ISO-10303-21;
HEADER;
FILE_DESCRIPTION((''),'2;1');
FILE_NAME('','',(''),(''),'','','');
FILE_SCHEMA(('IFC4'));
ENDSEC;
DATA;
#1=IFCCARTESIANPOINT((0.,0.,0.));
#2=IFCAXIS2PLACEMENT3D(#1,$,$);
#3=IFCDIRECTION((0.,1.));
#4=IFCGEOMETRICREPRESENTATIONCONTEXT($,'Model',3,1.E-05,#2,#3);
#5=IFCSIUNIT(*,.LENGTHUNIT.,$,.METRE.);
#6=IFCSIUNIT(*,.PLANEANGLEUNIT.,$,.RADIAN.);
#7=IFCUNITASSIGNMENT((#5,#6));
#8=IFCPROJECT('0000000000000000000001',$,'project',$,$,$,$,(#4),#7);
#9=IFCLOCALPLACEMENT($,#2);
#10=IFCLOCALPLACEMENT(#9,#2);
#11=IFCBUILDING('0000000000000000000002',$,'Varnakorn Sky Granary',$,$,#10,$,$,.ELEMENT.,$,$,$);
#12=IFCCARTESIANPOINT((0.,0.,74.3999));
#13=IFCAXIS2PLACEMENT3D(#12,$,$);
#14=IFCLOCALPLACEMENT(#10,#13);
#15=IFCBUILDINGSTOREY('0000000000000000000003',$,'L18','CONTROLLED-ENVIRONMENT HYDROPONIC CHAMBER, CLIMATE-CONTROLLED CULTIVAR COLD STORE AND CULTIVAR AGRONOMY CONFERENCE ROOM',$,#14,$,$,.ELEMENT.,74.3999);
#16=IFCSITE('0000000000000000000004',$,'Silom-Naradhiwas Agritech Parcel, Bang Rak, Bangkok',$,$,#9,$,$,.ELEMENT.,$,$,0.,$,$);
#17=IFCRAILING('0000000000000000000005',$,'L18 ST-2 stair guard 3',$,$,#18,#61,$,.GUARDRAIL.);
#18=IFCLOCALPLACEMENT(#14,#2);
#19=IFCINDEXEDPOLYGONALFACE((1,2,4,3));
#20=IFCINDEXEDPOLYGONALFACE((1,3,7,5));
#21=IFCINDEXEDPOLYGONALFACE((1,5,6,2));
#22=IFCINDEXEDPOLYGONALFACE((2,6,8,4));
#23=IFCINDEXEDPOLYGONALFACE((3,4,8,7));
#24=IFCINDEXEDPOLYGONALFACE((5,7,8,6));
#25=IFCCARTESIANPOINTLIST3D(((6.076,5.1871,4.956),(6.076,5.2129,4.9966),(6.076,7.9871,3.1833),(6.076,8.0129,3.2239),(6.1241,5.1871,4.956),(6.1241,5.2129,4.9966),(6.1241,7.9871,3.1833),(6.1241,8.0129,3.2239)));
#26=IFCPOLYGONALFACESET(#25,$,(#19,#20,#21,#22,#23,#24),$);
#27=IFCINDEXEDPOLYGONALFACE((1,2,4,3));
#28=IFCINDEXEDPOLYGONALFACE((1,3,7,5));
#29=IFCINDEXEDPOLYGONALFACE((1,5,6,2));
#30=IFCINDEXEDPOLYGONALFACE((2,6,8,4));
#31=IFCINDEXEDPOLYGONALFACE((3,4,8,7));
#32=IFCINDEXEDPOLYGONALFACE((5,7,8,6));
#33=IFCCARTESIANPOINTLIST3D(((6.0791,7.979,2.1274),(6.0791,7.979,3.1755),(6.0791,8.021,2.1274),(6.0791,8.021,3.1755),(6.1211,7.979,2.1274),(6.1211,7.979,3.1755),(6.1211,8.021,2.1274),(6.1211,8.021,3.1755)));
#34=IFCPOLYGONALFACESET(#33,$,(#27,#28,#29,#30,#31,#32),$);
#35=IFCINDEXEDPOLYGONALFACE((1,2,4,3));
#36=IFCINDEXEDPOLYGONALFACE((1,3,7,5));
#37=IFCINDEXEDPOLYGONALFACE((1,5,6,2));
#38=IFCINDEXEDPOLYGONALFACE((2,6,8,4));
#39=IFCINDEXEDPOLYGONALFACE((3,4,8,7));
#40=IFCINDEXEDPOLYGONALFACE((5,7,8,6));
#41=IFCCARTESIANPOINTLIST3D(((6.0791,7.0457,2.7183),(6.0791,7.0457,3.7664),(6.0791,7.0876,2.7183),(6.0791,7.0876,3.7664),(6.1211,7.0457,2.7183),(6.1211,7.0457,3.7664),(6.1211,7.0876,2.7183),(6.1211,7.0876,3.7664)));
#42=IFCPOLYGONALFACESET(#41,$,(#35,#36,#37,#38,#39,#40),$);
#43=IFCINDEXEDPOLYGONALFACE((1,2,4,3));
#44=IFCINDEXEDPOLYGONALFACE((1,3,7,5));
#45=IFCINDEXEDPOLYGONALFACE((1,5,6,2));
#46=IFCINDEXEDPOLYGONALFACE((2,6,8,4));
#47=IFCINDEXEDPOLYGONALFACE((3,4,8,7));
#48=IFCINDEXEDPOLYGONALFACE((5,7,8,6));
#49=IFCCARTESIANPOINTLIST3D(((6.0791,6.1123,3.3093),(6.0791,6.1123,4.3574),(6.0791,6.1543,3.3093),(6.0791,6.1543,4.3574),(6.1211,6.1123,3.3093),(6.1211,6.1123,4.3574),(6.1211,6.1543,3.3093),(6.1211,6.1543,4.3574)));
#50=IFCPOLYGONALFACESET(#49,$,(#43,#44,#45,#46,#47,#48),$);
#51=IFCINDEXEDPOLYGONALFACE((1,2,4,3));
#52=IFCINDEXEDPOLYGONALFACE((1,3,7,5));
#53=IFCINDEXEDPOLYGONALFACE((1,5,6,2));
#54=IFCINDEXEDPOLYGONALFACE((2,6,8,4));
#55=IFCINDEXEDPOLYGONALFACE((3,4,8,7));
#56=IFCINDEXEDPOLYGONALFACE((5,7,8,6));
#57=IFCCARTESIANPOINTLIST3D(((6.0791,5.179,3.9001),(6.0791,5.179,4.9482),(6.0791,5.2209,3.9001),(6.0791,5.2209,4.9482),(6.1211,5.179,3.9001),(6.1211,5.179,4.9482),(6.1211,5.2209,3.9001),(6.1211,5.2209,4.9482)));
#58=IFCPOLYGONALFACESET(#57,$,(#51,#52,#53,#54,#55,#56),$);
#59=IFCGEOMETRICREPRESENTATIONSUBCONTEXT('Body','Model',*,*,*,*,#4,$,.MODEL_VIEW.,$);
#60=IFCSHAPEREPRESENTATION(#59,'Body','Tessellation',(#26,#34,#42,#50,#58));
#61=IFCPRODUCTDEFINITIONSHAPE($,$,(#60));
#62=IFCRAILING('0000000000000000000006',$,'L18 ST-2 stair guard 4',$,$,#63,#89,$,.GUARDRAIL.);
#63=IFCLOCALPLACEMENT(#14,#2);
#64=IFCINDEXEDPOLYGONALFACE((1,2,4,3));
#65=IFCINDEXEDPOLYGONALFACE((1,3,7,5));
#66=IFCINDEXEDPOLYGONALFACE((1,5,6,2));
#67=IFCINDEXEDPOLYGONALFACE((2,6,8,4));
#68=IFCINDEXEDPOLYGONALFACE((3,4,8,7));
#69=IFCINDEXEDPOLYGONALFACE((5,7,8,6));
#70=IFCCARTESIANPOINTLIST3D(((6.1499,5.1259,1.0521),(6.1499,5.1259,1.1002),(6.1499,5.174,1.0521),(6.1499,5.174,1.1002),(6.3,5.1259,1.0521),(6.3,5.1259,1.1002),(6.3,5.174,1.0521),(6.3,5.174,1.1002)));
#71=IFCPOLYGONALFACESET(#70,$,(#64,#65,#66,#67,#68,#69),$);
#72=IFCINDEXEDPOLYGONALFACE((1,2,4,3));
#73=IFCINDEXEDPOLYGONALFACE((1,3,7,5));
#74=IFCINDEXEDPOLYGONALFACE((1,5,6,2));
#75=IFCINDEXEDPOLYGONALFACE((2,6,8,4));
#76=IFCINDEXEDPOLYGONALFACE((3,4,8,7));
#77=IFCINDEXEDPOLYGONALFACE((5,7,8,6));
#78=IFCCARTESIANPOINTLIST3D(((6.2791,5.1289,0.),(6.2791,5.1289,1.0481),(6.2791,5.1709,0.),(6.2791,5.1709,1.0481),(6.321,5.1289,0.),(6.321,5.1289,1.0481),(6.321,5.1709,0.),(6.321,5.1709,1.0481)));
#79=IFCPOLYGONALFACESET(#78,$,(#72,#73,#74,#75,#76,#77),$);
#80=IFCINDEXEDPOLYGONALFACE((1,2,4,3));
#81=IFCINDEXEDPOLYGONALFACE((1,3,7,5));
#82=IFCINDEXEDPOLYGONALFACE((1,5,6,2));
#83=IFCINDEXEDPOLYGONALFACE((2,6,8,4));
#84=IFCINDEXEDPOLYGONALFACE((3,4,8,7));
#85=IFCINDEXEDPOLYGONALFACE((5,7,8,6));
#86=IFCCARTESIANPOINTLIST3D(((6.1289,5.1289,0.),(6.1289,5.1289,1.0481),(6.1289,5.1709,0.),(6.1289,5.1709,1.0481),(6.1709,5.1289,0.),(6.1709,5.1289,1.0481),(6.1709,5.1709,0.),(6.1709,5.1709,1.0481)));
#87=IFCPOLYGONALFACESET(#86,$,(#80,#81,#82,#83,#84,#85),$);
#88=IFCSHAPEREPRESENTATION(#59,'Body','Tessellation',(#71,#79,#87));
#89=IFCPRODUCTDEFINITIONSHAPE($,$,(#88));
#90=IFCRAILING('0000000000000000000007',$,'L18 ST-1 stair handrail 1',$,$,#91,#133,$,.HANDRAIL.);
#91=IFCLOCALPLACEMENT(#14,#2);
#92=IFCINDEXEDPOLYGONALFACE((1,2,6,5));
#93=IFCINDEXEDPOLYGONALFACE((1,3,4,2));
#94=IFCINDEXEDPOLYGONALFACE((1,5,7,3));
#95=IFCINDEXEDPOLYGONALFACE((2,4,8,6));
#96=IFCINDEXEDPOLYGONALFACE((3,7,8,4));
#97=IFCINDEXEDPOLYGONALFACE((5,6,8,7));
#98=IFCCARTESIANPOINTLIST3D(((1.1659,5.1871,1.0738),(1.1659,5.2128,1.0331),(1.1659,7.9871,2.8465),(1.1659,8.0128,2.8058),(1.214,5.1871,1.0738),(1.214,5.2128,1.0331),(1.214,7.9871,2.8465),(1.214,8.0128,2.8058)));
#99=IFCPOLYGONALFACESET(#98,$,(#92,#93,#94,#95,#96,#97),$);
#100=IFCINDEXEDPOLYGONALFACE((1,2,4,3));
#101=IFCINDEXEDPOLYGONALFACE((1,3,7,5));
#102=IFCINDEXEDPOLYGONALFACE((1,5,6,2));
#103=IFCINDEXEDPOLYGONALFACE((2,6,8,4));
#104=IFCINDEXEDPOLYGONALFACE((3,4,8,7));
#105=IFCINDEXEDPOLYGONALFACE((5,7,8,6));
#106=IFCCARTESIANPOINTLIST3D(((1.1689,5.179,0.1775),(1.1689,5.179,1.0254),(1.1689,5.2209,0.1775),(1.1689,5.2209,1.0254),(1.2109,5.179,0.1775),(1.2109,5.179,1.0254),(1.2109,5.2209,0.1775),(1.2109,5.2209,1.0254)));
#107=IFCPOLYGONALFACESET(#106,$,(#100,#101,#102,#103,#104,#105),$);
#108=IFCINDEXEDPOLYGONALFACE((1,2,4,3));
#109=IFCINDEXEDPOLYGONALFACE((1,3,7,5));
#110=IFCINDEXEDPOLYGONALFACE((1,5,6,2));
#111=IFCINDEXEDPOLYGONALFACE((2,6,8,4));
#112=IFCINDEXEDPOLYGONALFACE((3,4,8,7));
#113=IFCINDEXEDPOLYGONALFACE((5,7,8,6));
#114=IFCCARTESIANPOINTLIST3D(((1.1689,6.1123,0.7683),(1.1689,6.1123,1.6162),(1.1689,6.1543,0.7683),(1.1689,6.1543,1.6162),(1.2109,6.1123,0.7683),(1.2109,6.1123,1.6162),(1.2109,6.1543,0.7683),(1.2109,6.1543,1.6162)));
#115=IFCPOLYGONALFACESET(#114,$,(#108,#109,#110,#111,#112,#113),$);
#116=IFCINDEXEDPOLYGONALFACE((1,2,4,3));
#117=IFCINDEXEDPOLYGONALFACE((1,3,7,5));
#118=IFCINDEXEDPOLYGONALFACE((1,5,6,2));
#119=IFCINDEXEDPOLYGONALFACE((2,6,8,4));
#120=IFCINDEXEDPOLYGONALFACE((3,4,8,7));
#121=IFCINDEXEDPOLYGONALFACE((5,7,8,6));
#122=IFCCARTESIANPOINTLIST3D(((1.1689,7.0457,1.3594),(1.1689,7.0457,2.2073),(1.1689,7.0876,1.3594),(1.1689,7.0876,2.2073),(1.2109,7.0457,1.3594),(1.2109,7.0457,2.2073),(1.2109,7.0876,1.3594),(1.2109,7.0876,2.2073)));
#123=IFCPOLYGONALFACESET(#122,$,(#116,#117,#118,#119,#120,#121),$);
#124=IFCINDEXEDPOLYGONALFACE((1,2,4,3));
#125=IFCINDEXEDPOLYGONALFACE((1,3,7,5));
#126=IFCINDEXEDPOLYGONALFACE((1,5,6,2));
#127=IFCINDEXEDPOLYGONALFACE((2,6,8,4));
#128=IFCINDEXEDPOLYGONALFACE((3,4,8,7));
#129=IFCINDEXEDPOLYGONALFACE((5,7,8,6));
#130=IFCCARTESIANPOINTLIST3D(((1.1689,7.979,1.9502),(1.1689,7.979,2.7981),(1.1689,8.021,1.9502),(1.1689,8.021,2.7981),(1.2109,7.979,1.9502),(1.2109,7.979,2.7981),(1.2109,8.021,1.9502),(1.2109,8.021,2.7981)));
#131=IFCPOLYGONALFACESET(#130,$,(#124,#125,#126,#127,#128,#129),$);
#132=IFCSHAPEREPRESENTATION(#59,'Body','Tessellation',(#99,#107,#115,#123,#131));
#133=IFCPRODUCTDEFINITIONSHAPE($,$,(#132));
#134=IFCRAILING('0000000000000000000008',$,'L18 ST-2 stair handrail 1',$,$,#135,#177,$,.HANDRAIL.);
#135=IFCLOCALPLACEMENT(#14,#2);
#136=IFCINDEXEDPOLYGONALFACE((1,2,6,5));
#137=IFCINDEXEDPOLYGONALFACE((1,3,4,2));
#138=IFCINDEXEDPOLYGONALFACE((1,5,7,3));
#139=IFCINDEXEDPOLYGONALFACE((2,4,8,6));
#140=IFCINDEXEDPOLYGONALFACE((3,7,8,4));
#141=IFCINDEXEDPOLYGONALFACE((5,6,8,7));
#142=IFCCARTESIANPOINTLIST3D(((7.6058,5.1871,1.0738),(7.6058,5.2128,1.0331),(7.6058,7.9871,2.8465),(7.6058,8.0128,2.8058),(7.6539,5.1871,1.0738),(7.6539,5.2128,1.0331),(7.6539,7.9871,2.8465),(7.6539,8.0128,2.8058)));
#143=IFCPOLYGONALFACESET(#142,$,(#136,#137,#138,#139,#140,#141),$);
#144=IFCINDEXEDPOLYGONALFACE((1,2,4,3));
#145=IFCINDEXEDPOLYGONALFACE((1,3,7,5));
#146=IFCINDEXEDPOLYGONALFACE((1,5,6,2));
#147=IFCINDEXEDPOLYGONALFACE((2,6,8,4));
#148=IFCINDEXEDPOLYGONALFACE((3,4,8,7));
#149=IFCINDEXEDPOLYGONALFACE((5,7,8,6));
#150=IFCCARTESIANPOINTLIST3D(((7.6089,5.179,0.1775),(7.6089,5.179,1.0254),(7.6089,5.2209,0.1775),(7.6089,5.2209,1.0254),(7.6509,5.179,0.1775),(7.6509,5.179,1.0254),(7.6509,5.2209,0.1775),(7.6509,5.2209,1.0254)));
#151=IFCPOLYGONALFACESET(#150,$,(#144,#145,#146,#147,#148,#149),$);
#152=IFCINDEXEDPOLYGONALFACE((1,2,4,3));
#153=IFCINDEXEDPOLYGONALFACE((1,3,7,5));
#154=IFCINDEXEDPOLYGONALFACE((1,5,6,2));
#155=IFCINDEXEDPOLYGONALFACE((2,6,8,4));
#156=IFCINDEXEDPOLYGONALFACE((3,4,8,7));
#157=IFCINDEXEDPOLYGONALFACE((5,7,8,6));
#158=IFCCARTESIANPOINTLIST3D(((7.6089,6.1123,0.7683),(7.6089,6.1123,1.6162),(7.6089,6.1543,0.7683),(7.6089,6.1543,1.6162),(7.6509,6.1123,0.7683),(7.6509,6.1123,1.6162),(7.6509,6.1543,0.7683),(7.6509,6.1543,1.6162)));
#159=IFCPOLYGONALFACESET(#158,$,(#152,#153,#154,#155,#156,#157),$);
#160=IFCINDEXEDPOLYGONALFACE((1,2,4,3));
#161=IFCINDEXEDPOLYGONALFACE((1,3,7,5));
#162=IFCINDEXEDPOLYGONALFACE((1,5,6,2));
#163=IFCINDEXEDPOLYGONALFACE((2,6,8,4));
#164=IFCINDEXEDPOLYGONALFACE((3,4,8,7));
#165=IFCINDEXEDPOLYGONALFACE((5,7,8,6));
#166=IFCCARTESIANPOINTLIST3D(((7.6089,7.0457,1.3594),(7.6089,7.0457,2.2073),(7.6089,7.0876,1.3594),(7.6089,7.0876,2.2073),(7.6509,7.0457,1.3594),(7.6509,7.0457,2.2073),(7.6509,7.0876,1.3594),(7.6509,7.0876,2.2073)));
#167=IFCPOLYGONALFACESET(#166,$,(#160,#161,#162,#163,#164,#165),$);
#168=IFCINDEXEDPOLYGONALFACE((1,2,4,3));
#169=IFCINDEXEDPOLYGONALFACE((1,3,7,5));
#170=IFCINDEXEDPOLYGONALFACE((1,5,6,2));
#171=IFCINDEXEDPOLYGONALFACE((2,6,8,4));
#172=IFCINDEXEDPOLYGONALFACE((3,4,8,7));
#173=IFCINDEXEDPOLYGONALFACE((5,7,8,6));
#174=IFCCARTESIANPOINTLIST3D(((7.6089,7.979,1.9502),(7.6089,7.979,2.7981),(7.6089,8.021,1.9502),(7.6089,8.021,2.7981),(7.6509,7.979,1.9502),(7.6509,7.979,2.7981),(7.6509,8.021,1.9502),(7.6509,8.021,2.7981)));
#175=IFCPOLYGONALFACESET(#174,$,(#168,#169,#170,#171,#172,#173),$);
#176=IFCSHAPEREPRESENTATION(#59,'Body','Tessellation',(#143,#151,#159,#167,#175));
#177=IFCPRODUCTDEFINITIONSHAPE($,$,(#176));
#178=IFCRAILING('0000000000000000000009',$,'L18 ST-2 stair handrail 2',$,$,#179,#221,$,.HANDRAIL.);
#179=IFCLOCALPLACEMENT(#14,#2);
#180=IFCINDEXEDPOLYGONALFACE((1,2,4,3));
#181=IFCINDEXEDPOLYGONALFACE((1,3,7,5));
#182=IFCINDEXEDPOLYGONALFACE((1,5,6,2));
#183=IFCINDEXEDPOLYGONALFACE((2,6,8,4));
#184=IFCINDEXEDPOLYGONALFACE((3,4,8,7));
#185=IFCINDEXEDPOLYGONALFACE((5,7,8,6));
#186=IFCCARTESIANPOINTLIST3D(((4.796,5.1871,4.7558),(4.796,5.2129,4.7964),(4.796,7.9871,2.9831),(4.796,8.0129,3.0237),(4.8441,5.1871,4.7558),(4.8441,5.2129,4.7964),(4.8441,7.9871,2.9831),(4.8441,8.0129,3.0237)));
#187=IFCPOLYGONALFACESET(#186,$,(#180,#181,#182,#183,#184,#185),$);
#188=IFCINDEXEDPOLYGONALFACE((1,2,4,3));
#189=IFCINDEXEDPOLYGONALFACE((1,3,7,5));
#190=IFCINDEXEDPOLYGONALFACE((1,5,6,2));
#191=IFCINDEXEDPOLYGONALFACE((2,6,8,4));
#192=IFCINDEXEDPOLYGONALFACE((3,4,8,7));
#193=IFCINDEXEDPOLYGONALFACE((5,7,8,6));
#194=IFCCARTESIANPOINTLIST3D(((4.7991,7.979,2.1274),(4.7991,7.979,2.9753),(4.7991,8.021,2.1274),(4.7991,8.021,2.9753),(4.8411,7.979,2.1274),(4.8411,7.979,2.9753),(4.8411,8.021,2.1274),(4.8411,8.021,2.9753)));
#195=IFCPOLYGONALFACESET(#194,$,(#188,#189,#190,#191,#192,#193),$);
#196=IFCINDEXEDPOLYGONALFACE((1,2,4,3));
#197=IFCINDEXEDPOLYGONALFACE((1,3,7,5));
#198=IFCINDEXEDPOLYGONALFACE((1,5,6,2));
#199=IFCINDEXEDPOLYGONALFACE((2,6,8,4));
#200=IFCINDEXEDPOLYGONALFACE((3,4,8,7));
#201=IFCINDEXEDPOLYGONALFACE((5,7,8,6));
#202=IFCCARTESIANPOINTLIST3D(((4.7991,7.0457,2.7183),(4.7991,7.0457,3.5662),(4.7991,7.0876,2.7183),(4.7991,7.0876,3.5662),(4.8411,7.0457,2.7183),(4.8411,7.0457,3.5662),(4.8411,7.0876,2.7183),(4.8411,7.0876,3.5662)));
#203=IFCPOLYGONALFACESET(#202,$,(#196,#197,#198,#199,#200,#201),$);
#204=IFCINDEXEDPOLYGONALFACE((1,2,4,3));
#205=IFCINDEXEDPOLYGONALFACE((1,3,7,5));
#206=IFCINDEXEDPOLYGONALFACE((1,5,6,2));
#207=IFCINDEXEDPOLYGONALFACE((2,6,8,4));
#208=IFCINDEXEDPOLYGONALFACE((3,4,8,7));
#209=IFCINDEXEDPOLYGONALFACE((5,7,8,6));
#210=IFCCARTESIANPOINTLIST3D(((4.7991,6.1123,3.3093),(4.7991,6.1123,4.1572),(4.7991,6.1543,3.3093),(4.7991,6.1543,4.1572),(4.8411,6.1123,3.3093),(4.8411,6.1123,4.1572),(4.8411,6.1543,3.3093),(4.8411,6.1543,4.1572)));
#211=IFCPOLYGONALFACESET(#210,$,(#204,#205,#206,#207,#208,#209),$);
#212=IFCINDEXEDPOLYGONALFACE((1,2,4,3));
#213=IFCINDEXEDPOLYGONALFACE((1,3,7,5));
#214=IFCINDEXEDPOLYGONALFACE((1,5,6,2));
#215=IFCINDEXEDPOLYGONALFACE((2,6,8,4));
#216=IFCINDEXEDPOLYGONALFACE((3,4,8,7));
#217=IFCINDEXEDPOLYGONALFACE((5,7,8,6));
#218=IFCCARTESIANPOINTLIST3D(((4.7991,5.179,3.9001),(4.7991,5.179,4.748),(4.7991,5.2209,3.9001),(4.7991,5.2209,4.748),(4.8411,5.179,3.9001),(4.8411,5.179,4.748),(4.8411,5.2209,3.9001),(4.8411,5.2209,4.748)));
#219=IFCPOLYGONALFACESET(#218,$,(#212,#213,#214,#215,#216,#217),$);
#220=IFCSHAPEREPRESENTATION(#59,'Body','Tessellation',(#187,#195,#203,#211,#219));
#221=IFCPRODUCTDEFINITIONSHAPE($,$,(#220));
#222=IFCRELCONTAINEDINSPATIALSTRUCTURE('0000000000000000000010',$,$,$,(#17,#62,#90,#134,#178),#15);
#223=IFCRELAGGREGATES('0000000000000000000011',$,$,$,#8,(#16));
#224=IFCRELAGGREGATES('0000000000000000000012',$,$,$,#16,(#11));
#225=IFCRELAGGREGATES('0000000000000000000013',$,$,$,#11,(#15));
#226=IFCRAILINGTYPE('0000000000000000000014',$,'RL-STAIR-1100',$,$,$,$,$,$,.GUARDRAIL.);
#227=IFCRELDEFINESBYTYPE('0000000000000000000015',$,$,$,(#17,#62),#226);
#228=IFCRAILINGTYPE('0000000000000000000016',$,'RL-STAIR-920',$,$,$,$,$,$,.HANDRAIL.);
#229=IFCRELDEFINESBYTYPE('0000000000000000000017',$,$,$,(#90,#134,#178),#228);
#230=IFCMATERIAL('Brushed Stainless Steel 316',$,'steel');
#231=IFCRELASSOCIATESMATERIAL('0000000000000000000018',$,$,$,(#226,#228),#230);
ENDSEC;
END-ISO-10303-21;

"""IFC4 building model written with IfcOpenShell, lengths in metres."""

from ifc_helpers import new_model, si_unit, direction, frame, origin, origin_2d, place, context, subcontext, project, spatial, rectangle, extrude, material, type_object, element, save


model = new_model("IFC4")

# Units and contexts
model_context = context("Model", 3, precision=1e-05, world=origin(), true_north=direction((0.0, 1.0)))
body_context = subcontext(model_context, "Body", "Model", "MODEL_VIEW")
ifc_project = project(units=[si_unit("LENGTHUNIT", "METRE"), si_unit("PLANEANGLEUNIT", "RADIAN")], contexts=[model_context])

# Site, building, storey
site_placement = place(None, origin())
site = spatial("IfcSite", under=ifc_project, at=site_placement, Name="Silom-Naradhiwas Agritech Parcel, Bang Rak, Bangkok", CompositionType="ELEMENT", RefElevation=0.0)
building_placement = place(site_placement, origin())
building = spatial("IfcBuilding", under=site, at=building_placement, Name="Varnakorn Sky Granary", CompositionType="ELEMENT")
storey_placement = place(building_placement, frame((0.0, 0.0, 74.3999)))
storey = spatial("IfcBuildingStorey", under=building, at=storey_placement, Name="L18", Description="CONTROLLED-ENVIRONMENT HYDROPONIC CHAMBER, CLIMATE-CONTROLLED CULTIVAR COLD STORE AND CULTIVAR AGRONOMY CONFERENCE ROOM", CompositionType="ELEMENT", Elevation=74.3999)

# Railings
ifc_material_1 = material(Name="Brushed Stainless Steel 316", Category="steel")
railing_type_1 = type_object("IfcRailingType", Name="RL-STAIR-1100", PredefinedType="GUARDRAIL", material=ifc_material_1)
railing_1_placement = place(storey_placement, frame((6.1001, 8.0, 2.1274)))
element("IfcRailing", 1, at=railing_1_placement, inside=storey, type_object=railing_type_1, Name="L18 ST-2 stair guard 3", PredefinedType="GUARDRAIL", context=body_context, shape_type="SweptSolid", body=[
    extrude(rectangle(XDim=0.0481, YDim=0.0481, at=origin_2d()), frame((0.0, 0.0, 1.0762), z_axis=(0.0, -0.844909, 0.53491), x_axis=(1.0, 0.0, 0.0)), (0.0, 0.0, 1.0), 3.314),
    extrude(rectangle(XDim=0.042, YDim=0.042, at=origin_2d()), origin(), (0.0, 0.0, 1.0), 1.0481),
    extrude(rectangle(XDim=0.042, YDim=0.042, at=origin_2d()), frame((0.0, -0.9333, 0.5908)), (0.0, 0.0, 1.0), 1.0481),
    extrude(rectangle(XDim=0.042, YDim=0.042, at=origin_2d()), frame((0.0, -1.8667, 1.1819)), (0.0, 0.0, 1.0), 1.0481),
    extrude(rectangle(XDim=0.042, YDim=0.042, at=origin_2d()), frame((0.0, -2.8, 1.7727)), (0.0, 0.0, 1.0), 1.0481),
])
railing_2_placement = place(storey_placement, frame((6.3, 5.1499, 0.0)))
element("IfcRailing", 2, at=railing_2_placement, inside=storey, type_object=railing_type_1, Name="L18 ST-2 stair guard 4", PredefinedType="GUARDRAIL", context=body_context, shape_type="SweptSolid", body=[
    extrude(rectangle(XDim=0.0481, YDim=0.0481, at=origin_2d()), frame((0.0, 0.0, 1.0762), z_axis=(-1.0, 0.0, 0.0), x_axis=(0.0, -1.0, 0.0)), (0.0, 0.0, 1.0), 0.1501),
    extrude(rectangle(XDim=0.042, YDim=0.042, at=origin_2d()), origin(), (0.0, 0.0, 1.0), 1.0481),
    extrude(rectangle(XDim=0.042, YDim=0.042, at=origin_2d()), frame((-0.1501, 0.0, 0.0)), (0.0, 0.0, 1.0), 1.0481),
])
railing_type_2 = type_object("IfcRailingType", Name="RL-STAIR-920", PredefinedType="HANDRAIL", material=ifc_material_1)
for number, where, name in (
    (3, (1.1899, 5.2, 0.1775), "L18 ST-1 stair handrail 1"),
    (4, (7.6299, 5.2, 0.1775), "L18 ST-2 stair handrail 1"),
):
    element("IfcRailing", number, at=place(storey_placement, frame(where)), inside=storey, type_object=railing_type_2, Name=name, PredefinedType="HANDRAIL", context=body_context, shape_type="SweptSolid", body=[
        extrude(rectangle(XDim=0.0481, YDim=0.0481, at=origin_2d()), frame((0.0, 0.0, 0.876), z_axis=(0.0, 0.844909, 0.53491), x_axis=(-1.0, 0.0, 0.0)), (0.0, 0.0, 1.0), 3.314),
        extrude(rectangle(XDim=0.042, YDim=0.042, at=origin_2d()), origin(), (0.0, 0.0, 1.0), 0.8479),
        extrude(rectangle(XDim=0.042, YDim=0.042, at=origin_2d()), frame((0.0, 0.9333, 0.5908)), (0.0, 0.0, 1.0), 0.8479),
        extrude(rectangle(XDim=0.042, YDim=0.042, at=origin_2d()), frame((0.0, 1.8667, 1.1819)), (0.0, 0.0, 1.0), 0.8479),
        extrude(rectangle(XDim=0.042, YDim=0.042, at=origin_2d()), frame((0.0, 2.8, 1.7727)), (0.0, 0.0, 1.0), 0.8479),
    ])
railing_3_placement = place(storey_placement, frame((4.8201, 8.0, 2.1274)))
element("IfcRailing", 5, at=railing_3_placement, inside=storey, type_object=railing_type_2, Name="L18 ST-2 stair handrail 2", PredefinedType="HANDRAIL", context=body_context, shape_type="SweptSolid", body=[
    extrude(rectangle(XDim=0.0481, YDim=0.0481, at=origin_2d()), frame((0.0, 0.0, 0.876), z_axis=(0.0, -0.844909, 0.53491), x_axis=(1.0, 0.0, 0.0)), (0.0, 0.0, 1.0), 3.314),
    extrude(rectangle(XDim=0.042, YDim=0.042, at=origin_2d()), origin(), (0.0, 0.0, 1.0), 0.8479),
    extrude(rectangle(XDim=0.042, YDim=0.042, at=origin_2d()), frame((0.0, -0.9333, 0.5908)), (0.0, 0.0, 1.0), 0.8479),
    extrude(rectangle(XDim=0.042, YDim=0.042, at=origin_2d()), frame((0.0, -1.8667, 1.1819)), (0.0, 0.0, 1.0), 0.8479),
    extrude(rectangle(XDim=0.042, YDim=0.042, at=origin_2d()), frame((0.0, -2.8, 1.7727)), (0.0, 0.0, 1.0), 0.8479),
])

save(model, "model.ifc")
